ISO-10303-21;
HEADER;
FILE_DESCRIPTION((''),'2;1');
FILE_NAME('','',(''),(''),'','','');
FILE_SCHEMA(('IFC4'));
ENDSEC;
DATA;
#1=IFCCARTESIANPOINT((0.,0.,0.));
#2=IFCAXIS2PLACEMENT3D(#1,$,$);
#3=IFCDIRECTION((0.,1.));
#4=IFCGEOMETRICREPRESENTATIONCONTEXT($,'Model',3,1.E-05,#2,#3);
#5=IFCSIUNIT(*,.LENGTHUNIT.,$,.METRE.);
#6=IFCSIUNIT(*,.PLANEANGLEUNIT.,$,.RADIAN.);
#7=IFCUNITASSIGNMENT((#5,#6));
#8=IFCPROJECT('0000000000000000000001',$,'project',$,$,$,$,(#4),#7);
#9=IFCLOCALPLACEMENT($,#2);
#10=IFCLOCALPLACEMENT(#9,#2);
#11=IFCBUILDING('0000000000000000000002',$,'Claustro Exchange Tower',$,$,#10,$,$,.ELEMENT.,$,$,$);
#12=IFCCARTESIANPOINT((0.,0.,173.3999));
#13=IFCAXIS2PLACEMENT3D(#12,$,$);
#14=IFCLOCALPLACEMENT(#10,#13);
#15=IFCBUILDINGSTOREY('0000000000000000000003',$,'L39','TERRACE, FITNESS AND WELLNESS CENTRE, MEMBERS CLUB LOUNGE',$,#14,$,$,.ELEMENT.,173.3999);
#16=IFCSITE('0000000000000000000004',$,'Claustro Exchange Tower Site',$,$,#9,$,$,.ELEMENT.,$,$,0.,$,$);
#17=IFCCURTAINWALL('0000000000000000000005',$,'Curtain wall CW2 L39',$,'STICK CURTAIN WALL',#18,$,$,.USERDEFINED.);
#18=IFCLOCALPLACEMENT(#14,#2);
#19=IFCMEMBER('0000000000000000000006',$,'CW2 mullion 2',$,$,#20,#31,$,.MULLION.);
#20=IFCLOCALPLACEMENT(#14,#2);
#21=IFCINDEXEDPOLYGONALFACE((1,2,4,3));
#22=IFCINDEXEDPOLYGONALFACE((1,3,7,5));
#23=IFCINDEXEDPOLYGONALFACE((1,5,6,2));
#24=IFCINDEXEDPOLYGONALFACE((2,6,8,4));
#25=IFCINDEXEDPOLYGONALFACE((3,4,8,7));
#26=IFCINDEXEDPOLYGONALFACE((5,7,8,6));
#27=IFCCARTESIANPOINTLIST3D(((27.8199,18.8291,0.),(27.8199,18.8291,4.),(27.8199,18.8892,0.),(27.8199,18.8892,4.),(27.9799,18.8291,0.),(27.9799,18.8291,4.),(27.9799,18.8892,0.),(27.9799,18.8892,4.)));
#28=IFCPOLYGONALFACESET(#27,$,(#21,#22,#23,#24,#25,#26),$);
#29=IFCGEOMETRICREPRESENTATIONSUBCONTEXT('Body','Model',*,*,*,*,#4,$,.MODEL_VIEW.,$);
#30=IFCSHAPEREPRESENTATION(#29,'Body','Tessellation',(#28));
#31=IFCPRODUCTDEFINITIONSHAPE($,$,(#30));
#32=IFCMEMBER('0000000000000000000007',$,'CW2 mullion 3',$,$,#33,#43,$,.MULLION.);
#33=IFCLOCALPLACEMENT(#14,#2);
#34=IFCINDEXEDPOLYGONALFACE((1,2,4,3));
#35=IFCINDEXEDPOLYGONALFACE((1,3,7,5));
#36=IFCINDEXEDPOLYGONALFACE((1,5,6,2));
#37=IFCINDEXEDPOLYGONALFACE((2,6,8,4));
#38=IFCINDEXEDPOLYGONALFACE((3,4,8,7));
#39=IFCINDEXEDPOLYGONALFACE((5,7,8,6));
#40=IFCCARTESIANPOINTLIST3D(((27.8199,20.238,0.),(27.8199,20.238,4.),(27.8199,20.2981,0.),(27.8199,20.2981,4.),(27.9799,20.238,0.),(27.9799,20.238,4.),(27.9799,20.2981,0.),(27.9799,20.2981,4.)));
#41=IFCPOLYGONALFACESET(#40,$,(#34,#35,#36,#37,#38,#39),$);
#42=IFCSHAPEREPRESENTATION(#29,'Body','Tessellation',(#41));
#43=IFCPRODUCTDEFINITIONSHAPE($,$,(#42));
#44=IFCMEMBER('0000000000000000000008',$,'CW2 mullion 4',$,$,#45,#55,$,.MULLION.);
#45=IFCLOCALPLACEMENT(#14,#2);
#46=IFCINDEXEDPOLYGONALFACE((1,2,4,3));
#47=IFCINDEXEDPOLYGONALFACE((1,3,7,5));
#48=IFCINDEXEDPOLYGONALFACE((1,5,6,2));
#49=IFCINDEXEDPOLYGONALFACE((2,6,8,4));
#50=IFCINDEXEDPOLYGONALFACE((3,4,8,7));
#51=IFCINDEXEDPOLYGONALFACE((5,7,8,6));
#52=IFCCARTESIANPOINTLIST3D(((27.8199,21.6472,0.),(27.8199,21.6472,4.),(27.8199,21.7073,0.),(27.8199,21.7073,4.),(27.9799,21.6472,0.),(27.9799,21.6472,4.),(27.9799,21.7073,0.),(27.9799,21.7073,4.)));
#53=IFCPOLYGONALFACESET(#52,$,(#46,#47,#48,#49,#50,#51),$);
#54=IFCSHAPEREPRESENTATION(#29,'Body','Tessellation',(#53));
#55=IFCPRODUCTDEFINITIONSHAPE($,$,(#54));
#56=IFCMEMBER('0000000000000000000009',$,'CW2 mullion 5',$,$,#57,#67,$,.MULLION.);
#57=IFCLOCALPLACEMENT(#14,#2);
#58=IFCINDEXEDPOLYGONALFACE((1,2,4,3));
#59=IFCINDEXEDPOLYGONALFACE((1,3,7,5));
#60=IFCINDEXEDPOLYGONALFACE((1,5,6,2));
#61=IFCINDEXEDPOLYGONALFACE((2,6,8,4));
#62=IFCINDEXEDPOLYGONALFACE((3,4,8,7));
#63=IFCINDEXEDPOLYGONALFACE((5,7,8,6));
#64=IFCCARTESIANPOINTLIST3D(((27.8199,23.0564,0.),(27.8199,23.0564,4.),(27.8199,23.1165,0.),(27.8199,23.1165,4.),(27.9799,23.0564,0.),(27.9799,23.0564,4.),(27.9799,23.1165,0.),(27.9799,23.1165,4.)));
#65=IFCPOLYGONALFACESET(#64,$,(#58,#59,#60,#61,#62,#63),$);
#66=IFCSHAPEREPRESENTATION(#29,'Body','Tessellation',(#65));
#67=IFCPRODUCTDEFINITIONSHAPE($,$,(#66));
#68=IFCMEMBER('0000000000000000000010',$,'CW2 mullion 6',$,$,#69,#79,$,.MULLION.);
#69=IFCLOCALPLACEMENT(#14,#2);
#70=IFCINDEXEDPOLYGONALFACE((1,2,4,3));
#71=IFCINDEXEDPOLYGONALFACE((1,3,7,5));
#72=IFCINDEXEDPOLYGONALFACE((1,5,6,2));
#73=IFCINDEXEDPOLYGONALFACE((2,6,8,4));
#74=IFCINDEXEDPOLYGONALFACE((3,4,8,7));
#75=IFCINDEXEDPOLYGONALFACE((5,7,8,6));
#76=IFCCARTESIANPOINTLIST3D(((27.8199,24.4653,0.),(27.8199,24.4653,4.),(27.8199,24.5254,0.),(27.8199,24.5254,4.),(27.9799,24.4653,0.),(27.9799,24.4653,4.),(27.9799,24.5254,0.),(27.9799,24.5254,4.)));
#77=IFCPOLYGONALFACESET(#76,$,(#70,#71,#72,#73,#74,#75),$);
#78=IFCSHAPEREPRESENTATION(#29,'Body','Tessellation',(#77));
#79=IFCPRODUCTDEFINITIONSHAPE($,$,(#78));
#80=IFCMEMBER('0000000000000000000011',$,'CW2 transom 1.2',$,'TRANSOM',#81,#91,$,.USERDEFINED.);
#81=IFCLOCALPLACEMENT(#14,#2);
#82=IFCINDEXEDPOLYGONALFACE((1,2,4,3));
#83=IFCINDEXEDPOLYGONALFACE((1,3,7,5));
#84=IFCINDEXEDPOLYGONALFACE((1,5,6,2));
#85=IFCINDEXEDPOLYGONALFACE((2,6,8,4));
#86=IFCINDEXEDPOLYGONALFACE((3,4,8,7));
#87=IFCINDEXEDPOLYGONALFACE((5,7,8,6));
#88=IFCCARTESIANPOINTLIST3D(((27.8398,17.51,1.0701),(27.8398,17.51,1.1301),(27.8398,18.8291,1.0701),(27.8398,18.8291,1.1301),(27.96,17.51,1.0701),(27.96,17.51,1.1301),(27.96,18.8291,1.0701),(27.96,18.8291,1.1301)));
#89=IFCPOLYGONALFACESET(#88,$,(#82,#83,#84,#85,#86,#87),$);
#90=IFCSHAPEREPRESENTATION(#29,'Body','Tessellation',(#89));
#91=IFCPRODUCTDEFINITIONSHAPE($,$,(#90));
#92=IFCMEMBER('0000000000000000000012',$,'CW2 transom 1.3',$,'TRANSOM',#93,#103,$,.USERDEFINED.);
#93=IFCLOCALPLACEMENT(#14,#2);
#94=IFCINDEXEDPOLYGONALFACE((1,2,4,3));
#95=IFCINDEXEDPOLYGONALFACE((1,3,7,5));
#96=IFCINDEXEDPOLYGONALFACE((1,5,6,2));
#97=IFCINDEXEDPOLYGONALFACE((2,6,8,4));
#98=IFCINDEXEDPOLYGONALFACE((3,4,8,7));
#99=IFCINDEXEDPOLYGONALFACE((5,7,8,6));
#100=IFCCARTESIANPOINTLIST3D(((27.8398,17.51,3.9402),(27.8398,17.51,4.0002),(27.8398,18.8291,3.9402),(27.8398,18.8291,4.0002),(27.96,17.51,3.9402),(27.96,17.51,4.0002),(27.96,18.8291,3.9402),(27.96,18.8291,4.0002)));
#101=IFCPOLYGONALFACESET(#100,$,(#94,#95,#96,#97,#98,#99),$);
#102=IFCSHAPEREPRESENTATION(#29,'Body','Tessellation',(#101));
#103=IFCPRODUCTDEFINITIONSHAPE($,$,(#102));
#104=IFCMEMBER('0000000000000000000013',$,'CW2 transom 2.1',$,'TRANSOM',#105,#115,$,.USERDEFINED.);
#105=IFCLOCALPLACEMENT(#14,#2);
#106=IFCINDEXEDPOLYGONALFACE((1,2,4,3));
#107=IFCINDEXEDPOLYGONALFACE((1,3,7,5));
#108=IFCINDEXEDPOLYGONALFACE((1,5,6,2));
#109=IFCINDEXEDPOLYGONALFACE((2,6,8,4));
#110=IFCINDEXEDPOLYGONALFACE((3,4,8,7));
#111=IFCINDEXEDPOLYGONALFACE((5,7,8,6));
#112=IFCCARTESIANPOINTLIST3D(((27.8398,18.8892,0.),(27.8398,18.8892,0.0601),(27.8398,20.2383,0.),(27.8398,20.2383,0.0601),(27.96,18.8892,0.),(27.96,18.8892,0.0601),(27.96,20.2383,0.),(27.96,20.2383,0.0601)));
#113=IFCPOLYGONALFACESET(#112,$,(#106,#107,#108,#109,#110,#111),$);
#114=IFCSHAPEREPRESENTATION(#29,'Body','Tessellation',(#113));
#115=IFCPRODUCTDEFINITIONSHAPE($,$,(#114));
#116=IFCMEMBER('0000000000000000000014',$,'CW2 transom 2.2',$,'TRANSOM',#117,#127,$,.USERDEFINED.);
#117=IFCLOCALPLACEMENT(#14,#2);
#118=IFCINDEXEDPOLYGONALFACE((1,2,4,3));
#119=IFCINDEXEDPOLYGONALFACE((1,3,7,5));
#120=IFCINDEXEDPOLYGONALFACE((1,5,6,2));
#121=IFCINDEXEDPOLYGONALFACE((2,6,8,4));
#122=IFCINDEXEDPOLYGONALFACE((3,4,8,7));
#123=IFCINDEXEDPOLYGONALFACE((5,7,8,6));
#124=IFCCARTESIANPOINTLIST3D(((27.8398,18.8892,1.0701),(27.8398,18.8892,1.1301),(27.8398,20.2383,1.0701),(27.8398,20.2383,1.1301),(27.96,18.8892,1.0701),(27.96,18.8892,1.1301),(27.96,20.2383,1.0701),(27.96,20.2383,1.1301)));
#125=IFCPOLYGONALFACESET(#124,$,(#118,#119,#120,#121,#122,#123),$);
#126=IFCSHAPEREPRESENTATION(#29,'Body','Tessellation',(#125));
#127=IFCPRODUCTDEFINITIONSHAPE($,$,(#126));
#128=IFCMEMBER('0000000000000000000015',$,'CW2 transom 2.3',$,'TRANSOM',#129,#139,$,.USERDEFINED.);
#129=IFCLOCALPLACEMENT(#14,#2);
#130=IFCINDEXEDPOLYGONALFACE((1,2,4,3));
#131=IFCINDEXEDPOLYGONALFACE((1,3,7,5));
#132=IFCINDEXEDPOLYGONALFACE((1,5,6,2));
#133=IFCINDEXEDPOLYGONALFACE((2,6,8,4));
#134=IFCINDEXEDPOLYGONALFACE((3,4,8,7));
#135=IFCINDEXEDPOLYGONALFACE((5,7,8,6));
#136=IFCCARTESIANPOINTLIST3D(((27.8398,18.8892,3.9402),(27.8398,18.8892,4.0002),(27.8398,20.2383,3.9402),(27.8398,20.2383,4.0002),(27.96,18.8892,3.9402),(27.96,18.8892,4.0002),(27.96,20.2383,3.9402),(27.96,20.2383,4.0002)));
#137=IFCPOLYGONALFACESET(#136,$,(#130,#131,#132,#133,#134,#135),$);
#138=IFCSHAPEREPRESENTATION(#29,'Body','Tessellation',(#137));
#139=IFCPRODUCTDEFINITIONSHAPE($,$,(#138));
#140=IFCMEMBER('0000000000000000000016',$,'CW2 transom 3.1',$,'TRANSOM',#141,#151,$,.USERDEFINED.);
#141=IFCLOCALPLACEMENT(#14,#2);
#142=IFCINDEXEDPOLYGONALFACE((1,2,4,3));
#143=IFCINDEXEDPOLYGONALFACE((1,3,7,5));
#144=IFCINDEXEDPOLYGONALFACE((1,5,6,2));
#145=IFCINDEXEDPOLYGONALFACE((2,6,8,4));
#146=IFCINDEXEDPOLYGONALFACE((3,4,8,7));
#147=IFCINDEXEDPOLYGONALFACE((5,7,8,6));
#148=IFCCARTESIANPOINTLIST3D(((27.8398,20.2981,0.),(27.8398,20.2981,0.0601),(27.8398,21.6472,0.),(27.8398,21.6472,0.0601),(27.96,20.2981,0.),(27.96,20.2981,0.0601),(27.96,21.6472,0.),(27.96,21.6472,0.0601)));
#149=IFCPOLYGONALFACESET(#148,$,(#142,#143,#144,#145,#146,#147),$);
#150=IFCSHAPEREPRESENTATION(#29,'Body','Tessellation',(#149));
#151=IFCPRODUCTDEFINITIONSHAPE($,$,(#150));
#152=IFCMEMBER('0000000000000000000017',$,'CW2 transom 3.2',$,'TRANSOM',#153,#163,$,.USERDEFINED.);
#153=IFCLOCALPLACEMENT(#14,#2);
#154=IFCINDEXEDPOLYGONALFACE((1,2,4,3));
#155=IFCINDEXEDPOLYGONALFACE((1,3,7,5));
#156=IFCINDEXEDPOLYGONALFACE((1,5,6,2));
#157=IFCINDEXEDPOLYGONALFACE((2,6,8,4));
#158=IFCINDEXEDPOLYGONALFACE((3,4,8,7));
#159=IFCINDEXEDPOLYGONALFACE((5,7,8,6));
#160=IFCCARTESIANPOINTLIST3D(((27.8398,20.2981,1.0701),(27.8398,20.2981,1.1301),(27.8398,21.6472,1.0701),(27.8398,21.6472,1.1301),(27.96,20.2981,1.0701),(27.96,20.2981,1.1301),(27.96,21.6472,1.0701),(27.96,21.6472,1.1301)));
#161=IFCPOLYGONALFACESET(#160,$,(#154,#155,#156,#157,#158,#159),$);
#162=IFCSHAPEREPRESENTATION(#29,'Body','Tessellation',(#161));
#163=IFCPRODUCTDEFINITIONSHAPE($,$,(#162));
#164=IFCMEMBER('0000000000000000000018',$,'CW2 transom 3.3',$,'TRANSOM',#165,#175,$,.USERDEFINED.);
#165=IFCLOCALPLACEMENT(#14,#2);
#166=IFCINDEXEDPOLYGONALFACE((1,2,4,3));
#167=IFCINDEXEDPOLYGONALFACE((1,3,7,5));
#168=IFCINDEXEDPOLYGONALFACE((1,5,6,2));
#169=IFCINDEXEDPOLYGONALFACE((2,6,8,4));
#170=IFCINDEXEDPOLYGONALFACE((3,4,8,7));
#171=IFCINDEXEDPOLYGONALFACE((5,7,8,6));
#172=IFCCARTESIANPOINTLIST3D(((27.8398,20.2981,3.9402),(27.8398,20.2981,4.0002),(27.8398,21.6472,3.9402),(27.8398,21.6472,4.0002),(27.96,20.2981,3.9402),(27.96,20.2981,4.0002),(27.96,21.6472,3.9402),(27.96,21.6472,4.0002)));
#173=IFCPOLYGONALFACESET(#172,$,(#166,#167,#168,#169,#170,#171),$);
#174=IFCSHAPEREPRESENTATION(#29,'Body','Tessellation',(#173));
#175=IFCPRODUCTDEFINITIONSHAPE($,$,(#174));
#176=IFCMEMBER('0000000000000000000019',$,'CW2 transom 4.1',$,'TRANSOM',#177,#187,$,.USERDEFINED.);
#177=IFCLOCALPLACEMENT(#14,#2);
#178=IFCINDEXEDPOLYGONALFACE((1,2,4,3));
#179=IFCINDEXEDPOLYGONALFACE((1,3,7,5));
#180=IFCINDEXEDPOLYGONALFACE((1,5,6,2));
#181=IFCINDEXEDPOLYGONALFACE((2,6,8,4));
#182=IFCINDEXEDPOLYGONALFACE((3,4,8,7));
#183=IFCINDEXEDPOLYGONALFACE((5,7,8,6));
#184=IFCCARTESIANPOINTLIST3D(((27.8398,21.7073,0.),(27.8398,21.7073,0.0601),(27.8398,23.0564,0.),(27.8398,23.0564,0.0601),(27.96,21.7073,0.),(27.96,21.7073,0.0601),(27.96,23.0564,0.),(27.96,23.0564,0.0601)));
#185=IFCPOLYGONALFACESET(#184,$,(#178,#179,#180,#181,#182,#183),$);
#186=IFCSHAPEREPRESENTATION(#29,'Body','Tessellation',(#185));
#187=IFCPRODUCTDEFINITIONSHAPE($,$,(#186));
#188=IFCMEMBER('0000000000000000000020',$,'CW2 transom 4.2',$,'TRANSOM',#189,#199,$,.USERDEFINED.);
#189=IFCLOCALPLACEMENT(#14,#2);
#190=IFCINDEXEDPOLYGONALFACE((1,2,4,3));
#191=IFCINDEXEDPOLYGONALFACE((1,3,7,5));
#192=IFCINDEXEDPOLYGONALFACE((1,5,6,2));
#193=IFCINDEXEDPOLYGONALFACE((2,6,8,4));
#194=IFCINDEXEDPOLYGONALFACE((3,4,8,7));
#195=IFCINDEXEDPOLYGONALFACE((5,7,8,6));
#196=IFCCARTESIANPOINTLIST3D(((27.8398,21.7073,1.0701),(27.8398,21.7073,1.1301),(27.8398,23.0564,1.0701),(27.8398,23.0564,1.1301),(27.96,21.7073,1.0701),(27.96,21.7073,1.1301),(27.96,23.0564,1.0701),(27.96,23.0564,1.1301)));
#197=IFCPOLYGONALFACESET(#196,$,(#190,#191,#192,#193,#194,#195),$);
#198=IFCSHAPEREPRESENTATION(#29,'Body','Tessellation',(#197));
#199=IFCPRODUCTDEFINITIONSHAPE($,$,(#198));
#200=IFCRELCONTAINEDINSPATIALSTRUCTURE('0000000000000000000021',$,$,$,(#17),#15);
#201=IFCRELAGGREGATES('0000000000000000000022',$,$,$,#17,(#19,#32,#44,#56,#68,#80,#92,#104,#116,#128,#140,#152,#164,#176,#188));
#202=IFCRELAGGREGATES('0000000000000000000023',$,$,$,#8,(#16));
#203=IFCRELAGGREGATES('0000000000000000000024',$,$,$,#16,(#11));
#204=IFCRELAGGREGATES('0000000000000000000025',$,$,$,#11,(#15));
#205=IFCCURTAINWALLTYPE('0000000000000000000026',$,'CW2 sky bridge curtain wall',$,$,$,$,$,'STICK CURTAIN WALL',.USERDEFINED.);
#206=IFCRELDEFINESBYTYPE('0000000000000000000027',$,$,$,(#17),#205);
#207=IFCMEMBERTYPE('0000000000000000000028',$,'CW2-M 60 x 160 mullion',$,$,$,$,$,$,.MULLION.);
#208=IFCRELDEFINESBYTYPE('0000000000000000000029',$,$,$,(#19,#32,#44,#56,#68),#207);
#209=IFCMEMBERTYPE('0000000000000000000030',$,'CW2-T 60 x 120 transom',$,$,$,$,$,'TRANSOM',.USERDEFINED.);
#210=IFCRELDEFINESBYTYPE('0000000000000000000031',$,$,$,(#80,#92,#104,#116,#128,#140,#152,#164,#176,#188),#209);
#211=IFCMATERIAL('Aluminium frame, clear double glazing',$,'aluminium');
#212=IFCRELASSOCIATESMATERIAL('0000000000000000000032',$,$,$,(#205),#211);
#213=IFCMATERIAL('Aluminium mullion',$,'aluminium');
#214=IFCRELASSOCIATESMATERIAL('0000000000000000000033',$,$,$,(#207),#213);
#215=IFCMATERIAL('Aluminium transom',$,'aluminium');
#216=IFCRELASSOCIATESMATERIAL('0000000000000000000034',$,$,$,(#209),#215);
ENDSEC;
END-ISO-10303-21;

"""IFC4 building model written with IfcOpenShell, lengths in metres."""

from ifc_helpers import new_model, si_unit, direction, frame, origin, origin_2d, place, context, subcontext, project, spatial, rectangle, extrude, material, material_profile, profile_set, type_object, element, aggregate, save


model = new_model("IFC4")

# Units and contexts
model_context = context("Model", 3, precision=1e-05, world=origin(), true_north=direction((0.0, 1.0)))
body_context = subcontext(model_context, "Body", "Model", "MODEL_VIEW")
ifc_project = project(units=[si_unit("LENGTHUNIT", "METRE"), si_unit("PLANEANGLEUNIT", "RADIAN")], contexts=[model_context])

# Site, building, storey
site_placement = place(None, origin())
site = spatial("IfcSite", under=ifc_project, at=site_placement, Name="Claustro Exchange Tower Site", CompositionType="ELEMENT", RefElevation=0.0)
building_placement = place(site_placement, origin())
building = spatial("IfcBuilding", under=site, at=building_placement, Name="Claustro Exchange Tower", CompositionType="ELEMENT")
storey_placement = place(building_placement, frame((0.0, 0.0, 173.3999)))
storey = spatial("IfcBuildingStorey", under=building, at=storey_placement, Name="L39", Description="TERRACE, FITNESS AND WELLNESS CENTRE, MEMBERS CLUB LOUNGE", CompositionType="ELEMENT", Elevation=173.3999)

# Curtain wall, members
ifc_material_1 = material(Name="Aluminium frame, clear double glazing", Category="aluminium")
curtain_wall_type = type_object("IfcCurtainWallType", Name="CW2 sky bridge curtain wall", ElementType="STICK CURTAIN WALL", PredefinedType="USERDEFINED", material=ifc_material_1)
curtain_wall_placement = place(storey_placement, origin())
curtain_wall = element("IfcCurtainWall", 1, at=curtain_wall_placement, inside=storey, type_object=curtain_wall_type, Name="Curtain wall CW2 L39", ObjectType="STICK CURTAIN WALL", PredefinedType="USERDEFINED")
ifc_material_2 = material(Name="Aluminium mullion", Category="aluminium")
ifc_material_profile_1 = material_profile(ifc_material_2, rectangle(XDim=0.1599, YDim=0.0601, at=origin_2d()), Name="CW2-M 60x160")
ifc_profile_set_1 = profile_set([ifc_material_profile_1], Name="Aluminium mullion")
member_type_1 = type_object("IfcMemberType", Name="CW2-M 60 x 160 mullion", PredefinedType="MULLION", material=ifc_profile_set_1)
member_1_placement = place(storey_placement, frame((27.8999, 18.8591, 0.0), z_axis=(0.0, 0.0, 1.0), x_axis=(-1.0, 0.0, 0.0)))
member_1 = element("IfcMember", 2, at=member_1_placement, type_object=member_type_1, Name="CW2 mullion 2", PredefinedType="MULLION", context=body_context, shape_type="SweptSolid", body=[
    extrude(rectangle(XDim=0.1599, YDim=0.0601, at=origin_2d()), origin(), (0.0, 0.0, 1.0), 4.0),
])
member_2_placement = place(storey_placement, frame((27.8999, 20.2681, 0.0), z_axis=(0.0, 0.0, 1.0), x_axis=(-1.0, 0.0, 0.0)))
member_2 = element("IfcMember", 3, at=member_2_placement, type_object=member_type_1, Name="CW2 mullion 3", PredefinedType="MULLION", context=body_context, shape_type="SweptSolid", body=[
    extrude(rectangle(XDim=0.1599, YDim=0.0601, at=origin_2d()), origin(), (0.0, 0.0, 1.0), 4.0),
])
member_3_placement = place(storey_placement, frame((27.8999, 21.6772, 0.0), z_axis=(0.0, 0.0, 1.0), x_axis=(-1.0, 0.0, 0.0)))
member_3 = element("IfcMember", 4, at=member_3_placement, type_object=member_type_1, Name="CW2 mullion 4", PredefinedType="MULLION", context=body_context, shape_type="SweptSolid", body=[
    extrude(rectangle(XDim=0.1599, YDim=0.0601, at=origin_2d()), origin(), (0.0, 0.0, 1.0), 4.0),
])
member_4_placement = place(storey_placement, frame((27.8999, 23.0864, 0.0), z_axis=(0.0, 0.0, 1.0), x_axis=(-1.0, 0.0, 0.0)))
member_4 = element("IfcMember", 5, at=member_4_placement, type_object=member_type_1, Name="CW2 mullion 5", PredefinedType="MULLION", context=body_context, shape_type="SweptSolid", body=[
    extrude(rectangle(XDim=0.1599, YDim=0.0601, at=origin_2d()), origin(), (0.0, 0.0, 1.0), 4.0),
])
member_5_placement = place(storey_placement, frame((27.8999, 24.4954, 0.0), z_axis=(0.0, 0.0, 1.0), x_axis=(-1.0, 0.0, 0.0)))
member_5 = element("IfcMember", 6, at=member_5_placement, type_object=member_type_1, Name="CW2 mullion 6", PredefinedType="MULLION", context=body_context, shape_type="SweptSolid", body=[
    extrude(rectangle(XDim=0.1599, YDim=0.0601, at=origin_2d()), origin(), (0.0, 0.0, 1.0), 4.0),
])
ifc_material_3 = material(Name="Aluminium transom", Category="aluminium")
ifc_material_profile_2 = material_profile(ifc_material_3, rectangle(XDim=0.1201, YDim=0.0601, at=origin_2d()), Name="CW2-T 60x120")
ifc_profile_set_2 = profile_set([ifc_material_profile_2], Name="Aluminium transom")
member_type_2 = type_object("IfcMemberType", Name="CW2-T 60 x 120 transom", ElementType="TRANSOM", PredefinedType="USERDEFINED", material=ifc_profile_set_2)
member_6_placement = place(storey_placement, frame((27.8999, 17.51, 1.1001), z_axis=(0.0, 1.0, 0.0), x_axis=(-1.0, 0.0, 0.0)))
member_6 = element("IfcMember", 7, at=member_6_placement, type_object=member_type_2, Name="CW2 transom 1.2", ObjectType="TRANSOM", PredefinedType="USERDEFINED", context=body_context, shape_type="SweptSolid", body=[
    extrude(rectangle(XDim=0.1201, YDim=0.0601, at=origin_2d()), origin(), (0.0, 0.0, 1.0), 1.3191),
])
member_7_placement = place(storey_placement, frame((27.8999, 17.51, 3.9702), z_axis=(0.0, 1.0, 0.0), x_axis=(-1.0, 0.0, 0.0)))
member_7 = element("IfcMember", 8, at=member_7_placement, type_object=member_type_2, Name="CW2 transom 1.3", ObjectType="TRANSOM", PredefinedType="USERDEFINED", context=body_context, shape_type="SweptSolid", body=[
    extrude(rectangle(XDim=0.1201, YDim=0.0601, at=origin_2d()), origin(), (0.0, 0.0, 1.0), 1.3191),
])
member_8_placement = place(storey_placement, frame((27.8999, 18.8892, 0.03), z_axis=(0.0, 1.0, 0.0), x_axis=(-1.0, 0.0, 0.0)))
member_8 = element("IfcMember", 9, at=member_8_placement, type_object=member_type_2, Name="CW2 transom 2.1", ObjectType="TRANSOM", PredefinedType="USERDEFINED", context=body_context, shape_type="SweptSolid", body=[
    extrude(rectangle(XDim=0.1201, YDim=0.0601, at=origin_2d()), origin(), (0.0, 0.0, 1.0), 1.3491),
])
member_9_placement = place(storey_placement, frame((27.8999, 18.8892, 1.1001), z_axis=(0.0, 1.0, 0.0), x_axis=(-1.0, 0.0, 0.0)))
member_9 = element("IfcMember", 10, at=member_9_placement, type_object=member_type_2, Name="CW2 transom 2.2", ObjectType="TRANSOM", PredefinedType="USERDEFINED", context=body_context, shape_type="SweptSolid", body=[
    extrude(rectangle(XDim=0.1201, YDim=0.0601, at=origin_2d()), origin(), (0.0, 0.0, 1.0), 1.3491),
])
member_10_placement = place(storey_placement, frame((27.8999, 18.8892, 3.9702), z_axis=(0.0, 1.0, 0.0), x_axis=(-1.0, 0.0, 0.0)))
member_10 = element("IfcMember", 11, at=member_10_placement, type_object=member_type_2, Name="CW2 transom 2.3", ObjectType="TRANSOM", PredefinedType="USERDEFINED", context=body_context, shape_type="SweptSolid", body=[
    extrude(rectangle(XDim=0.1201, YDim=0.0601, at=origin_2d()), origin(), (0.0, 0.0, 1.0), 1.3491),
])
member_11_placement = place(storey_placement, frame((27.8999, 20.2981, 0.03), z_axis=(0.0, 1.0, 0.0), x_axis=(-1.0, 0.0, 0.0)))
member_11 = element("IfcMember", 12, at=member_11_placement, type_object=member_type_2, Name="CW2 transom 3.1", ObjectType="TRANSOM", PredefinedType="USERDEFINED", context=body_context, shape_type="SweptSolid", body=[
    extrude(rectangle(XDim=0.1201, YDim=0.0601, at=origin_2d()), origin(), (0.0, 0.0, 1.0), 1.3491),
])
member_12_placement = place(storey_placement, frame((27.8999, 20.2981, 1.1001), z_axis=(0.0, 1.0, 0.0), x_axis=(-1.0, 0.0, 0.0)))
member_12 = element("IfcMember", 13, at=member_12_placement, type_object=member_type_2, Name="CW2 transom 3.2", ObjectType="TRANSOM", PredefinedType="USERDEFINED", context=body_context, shape_type="SweptSolid", body=[
    extrude(rectangle(XDim=0.1201, YDim=0.0601, at=origin_2d()), origin(), (0.0, 0.0, 1.0), 1.3491),
])
member_13_placement = place(storey_placement, frame((27.8999, 20.2981, 3.9702), z_axis=(0.0, 1.0, 0.0), x_axis=(-1.0, 0.0, 0.0)))
member_13 = element("IfcMember", 14, at=member_13_placement, type_object=member_type_2, Name="CW2 transom 3.3", ObjectType="TRANSOM", PredefinedType="USERDEFINED", context=body_context, shape_type="SweptSolid", body=[
    extrude(rectangle(XDim=0.1201, YDim=0.0601, at=origin_2d()), origin(), (0.0, 0.0, 1.0), 1.3491),
])
member_14_placement = place(storey_placement, frame((27.8999, 21.7073, 0.03), z_axis=(0.0, 1.0, 0.0), x_axis=(-1.0, 0.0, 0.0)))
member_14 = element("IfcMember", 15, at=member_14_placement, type_object=member_type_2, Name="CW2 transom 4.1", ObjectType="TRANSOM", PredefinedType="USERDEFINED", context=body_context, shape_type="SweptSolid", body=[
    extrude(rectangle(XDim=0.1201, YDim=0.0601, at=origin_2d()), origin(), (0.0, 0.0, 1.0), 1.3491),
])
member_15_placement = place(storey_placement, frame((27.8999, 21.7073, 1.1001), z_axis=(0.0, 1.0, 0.0), x_axis=(-1.0, 0.0, 0.0)))
member_15 = element("IfcMember", 16, at=member_15_placement, type_object=member_type_2, Name="CW2 transom 4.2", ObjectType="TRANSOM", PredefinedType="USERDEFINED", context=body_context, shape_type="SweptSolid", body=[
    extrude(rectangle(XDim=0.1201, YDim=0.0601, at=origin_2d()), origin(), (0.0, 0.0, 1.0), 1.3491),
])
aggregate(curtain_wall, [member_1, member_2, member_3, member_4, member_5, member_6, member_7, member_8, member_9, member_10, member_11, member_12, member_13, member_14, member_15])

save(model, "model.ifc")
